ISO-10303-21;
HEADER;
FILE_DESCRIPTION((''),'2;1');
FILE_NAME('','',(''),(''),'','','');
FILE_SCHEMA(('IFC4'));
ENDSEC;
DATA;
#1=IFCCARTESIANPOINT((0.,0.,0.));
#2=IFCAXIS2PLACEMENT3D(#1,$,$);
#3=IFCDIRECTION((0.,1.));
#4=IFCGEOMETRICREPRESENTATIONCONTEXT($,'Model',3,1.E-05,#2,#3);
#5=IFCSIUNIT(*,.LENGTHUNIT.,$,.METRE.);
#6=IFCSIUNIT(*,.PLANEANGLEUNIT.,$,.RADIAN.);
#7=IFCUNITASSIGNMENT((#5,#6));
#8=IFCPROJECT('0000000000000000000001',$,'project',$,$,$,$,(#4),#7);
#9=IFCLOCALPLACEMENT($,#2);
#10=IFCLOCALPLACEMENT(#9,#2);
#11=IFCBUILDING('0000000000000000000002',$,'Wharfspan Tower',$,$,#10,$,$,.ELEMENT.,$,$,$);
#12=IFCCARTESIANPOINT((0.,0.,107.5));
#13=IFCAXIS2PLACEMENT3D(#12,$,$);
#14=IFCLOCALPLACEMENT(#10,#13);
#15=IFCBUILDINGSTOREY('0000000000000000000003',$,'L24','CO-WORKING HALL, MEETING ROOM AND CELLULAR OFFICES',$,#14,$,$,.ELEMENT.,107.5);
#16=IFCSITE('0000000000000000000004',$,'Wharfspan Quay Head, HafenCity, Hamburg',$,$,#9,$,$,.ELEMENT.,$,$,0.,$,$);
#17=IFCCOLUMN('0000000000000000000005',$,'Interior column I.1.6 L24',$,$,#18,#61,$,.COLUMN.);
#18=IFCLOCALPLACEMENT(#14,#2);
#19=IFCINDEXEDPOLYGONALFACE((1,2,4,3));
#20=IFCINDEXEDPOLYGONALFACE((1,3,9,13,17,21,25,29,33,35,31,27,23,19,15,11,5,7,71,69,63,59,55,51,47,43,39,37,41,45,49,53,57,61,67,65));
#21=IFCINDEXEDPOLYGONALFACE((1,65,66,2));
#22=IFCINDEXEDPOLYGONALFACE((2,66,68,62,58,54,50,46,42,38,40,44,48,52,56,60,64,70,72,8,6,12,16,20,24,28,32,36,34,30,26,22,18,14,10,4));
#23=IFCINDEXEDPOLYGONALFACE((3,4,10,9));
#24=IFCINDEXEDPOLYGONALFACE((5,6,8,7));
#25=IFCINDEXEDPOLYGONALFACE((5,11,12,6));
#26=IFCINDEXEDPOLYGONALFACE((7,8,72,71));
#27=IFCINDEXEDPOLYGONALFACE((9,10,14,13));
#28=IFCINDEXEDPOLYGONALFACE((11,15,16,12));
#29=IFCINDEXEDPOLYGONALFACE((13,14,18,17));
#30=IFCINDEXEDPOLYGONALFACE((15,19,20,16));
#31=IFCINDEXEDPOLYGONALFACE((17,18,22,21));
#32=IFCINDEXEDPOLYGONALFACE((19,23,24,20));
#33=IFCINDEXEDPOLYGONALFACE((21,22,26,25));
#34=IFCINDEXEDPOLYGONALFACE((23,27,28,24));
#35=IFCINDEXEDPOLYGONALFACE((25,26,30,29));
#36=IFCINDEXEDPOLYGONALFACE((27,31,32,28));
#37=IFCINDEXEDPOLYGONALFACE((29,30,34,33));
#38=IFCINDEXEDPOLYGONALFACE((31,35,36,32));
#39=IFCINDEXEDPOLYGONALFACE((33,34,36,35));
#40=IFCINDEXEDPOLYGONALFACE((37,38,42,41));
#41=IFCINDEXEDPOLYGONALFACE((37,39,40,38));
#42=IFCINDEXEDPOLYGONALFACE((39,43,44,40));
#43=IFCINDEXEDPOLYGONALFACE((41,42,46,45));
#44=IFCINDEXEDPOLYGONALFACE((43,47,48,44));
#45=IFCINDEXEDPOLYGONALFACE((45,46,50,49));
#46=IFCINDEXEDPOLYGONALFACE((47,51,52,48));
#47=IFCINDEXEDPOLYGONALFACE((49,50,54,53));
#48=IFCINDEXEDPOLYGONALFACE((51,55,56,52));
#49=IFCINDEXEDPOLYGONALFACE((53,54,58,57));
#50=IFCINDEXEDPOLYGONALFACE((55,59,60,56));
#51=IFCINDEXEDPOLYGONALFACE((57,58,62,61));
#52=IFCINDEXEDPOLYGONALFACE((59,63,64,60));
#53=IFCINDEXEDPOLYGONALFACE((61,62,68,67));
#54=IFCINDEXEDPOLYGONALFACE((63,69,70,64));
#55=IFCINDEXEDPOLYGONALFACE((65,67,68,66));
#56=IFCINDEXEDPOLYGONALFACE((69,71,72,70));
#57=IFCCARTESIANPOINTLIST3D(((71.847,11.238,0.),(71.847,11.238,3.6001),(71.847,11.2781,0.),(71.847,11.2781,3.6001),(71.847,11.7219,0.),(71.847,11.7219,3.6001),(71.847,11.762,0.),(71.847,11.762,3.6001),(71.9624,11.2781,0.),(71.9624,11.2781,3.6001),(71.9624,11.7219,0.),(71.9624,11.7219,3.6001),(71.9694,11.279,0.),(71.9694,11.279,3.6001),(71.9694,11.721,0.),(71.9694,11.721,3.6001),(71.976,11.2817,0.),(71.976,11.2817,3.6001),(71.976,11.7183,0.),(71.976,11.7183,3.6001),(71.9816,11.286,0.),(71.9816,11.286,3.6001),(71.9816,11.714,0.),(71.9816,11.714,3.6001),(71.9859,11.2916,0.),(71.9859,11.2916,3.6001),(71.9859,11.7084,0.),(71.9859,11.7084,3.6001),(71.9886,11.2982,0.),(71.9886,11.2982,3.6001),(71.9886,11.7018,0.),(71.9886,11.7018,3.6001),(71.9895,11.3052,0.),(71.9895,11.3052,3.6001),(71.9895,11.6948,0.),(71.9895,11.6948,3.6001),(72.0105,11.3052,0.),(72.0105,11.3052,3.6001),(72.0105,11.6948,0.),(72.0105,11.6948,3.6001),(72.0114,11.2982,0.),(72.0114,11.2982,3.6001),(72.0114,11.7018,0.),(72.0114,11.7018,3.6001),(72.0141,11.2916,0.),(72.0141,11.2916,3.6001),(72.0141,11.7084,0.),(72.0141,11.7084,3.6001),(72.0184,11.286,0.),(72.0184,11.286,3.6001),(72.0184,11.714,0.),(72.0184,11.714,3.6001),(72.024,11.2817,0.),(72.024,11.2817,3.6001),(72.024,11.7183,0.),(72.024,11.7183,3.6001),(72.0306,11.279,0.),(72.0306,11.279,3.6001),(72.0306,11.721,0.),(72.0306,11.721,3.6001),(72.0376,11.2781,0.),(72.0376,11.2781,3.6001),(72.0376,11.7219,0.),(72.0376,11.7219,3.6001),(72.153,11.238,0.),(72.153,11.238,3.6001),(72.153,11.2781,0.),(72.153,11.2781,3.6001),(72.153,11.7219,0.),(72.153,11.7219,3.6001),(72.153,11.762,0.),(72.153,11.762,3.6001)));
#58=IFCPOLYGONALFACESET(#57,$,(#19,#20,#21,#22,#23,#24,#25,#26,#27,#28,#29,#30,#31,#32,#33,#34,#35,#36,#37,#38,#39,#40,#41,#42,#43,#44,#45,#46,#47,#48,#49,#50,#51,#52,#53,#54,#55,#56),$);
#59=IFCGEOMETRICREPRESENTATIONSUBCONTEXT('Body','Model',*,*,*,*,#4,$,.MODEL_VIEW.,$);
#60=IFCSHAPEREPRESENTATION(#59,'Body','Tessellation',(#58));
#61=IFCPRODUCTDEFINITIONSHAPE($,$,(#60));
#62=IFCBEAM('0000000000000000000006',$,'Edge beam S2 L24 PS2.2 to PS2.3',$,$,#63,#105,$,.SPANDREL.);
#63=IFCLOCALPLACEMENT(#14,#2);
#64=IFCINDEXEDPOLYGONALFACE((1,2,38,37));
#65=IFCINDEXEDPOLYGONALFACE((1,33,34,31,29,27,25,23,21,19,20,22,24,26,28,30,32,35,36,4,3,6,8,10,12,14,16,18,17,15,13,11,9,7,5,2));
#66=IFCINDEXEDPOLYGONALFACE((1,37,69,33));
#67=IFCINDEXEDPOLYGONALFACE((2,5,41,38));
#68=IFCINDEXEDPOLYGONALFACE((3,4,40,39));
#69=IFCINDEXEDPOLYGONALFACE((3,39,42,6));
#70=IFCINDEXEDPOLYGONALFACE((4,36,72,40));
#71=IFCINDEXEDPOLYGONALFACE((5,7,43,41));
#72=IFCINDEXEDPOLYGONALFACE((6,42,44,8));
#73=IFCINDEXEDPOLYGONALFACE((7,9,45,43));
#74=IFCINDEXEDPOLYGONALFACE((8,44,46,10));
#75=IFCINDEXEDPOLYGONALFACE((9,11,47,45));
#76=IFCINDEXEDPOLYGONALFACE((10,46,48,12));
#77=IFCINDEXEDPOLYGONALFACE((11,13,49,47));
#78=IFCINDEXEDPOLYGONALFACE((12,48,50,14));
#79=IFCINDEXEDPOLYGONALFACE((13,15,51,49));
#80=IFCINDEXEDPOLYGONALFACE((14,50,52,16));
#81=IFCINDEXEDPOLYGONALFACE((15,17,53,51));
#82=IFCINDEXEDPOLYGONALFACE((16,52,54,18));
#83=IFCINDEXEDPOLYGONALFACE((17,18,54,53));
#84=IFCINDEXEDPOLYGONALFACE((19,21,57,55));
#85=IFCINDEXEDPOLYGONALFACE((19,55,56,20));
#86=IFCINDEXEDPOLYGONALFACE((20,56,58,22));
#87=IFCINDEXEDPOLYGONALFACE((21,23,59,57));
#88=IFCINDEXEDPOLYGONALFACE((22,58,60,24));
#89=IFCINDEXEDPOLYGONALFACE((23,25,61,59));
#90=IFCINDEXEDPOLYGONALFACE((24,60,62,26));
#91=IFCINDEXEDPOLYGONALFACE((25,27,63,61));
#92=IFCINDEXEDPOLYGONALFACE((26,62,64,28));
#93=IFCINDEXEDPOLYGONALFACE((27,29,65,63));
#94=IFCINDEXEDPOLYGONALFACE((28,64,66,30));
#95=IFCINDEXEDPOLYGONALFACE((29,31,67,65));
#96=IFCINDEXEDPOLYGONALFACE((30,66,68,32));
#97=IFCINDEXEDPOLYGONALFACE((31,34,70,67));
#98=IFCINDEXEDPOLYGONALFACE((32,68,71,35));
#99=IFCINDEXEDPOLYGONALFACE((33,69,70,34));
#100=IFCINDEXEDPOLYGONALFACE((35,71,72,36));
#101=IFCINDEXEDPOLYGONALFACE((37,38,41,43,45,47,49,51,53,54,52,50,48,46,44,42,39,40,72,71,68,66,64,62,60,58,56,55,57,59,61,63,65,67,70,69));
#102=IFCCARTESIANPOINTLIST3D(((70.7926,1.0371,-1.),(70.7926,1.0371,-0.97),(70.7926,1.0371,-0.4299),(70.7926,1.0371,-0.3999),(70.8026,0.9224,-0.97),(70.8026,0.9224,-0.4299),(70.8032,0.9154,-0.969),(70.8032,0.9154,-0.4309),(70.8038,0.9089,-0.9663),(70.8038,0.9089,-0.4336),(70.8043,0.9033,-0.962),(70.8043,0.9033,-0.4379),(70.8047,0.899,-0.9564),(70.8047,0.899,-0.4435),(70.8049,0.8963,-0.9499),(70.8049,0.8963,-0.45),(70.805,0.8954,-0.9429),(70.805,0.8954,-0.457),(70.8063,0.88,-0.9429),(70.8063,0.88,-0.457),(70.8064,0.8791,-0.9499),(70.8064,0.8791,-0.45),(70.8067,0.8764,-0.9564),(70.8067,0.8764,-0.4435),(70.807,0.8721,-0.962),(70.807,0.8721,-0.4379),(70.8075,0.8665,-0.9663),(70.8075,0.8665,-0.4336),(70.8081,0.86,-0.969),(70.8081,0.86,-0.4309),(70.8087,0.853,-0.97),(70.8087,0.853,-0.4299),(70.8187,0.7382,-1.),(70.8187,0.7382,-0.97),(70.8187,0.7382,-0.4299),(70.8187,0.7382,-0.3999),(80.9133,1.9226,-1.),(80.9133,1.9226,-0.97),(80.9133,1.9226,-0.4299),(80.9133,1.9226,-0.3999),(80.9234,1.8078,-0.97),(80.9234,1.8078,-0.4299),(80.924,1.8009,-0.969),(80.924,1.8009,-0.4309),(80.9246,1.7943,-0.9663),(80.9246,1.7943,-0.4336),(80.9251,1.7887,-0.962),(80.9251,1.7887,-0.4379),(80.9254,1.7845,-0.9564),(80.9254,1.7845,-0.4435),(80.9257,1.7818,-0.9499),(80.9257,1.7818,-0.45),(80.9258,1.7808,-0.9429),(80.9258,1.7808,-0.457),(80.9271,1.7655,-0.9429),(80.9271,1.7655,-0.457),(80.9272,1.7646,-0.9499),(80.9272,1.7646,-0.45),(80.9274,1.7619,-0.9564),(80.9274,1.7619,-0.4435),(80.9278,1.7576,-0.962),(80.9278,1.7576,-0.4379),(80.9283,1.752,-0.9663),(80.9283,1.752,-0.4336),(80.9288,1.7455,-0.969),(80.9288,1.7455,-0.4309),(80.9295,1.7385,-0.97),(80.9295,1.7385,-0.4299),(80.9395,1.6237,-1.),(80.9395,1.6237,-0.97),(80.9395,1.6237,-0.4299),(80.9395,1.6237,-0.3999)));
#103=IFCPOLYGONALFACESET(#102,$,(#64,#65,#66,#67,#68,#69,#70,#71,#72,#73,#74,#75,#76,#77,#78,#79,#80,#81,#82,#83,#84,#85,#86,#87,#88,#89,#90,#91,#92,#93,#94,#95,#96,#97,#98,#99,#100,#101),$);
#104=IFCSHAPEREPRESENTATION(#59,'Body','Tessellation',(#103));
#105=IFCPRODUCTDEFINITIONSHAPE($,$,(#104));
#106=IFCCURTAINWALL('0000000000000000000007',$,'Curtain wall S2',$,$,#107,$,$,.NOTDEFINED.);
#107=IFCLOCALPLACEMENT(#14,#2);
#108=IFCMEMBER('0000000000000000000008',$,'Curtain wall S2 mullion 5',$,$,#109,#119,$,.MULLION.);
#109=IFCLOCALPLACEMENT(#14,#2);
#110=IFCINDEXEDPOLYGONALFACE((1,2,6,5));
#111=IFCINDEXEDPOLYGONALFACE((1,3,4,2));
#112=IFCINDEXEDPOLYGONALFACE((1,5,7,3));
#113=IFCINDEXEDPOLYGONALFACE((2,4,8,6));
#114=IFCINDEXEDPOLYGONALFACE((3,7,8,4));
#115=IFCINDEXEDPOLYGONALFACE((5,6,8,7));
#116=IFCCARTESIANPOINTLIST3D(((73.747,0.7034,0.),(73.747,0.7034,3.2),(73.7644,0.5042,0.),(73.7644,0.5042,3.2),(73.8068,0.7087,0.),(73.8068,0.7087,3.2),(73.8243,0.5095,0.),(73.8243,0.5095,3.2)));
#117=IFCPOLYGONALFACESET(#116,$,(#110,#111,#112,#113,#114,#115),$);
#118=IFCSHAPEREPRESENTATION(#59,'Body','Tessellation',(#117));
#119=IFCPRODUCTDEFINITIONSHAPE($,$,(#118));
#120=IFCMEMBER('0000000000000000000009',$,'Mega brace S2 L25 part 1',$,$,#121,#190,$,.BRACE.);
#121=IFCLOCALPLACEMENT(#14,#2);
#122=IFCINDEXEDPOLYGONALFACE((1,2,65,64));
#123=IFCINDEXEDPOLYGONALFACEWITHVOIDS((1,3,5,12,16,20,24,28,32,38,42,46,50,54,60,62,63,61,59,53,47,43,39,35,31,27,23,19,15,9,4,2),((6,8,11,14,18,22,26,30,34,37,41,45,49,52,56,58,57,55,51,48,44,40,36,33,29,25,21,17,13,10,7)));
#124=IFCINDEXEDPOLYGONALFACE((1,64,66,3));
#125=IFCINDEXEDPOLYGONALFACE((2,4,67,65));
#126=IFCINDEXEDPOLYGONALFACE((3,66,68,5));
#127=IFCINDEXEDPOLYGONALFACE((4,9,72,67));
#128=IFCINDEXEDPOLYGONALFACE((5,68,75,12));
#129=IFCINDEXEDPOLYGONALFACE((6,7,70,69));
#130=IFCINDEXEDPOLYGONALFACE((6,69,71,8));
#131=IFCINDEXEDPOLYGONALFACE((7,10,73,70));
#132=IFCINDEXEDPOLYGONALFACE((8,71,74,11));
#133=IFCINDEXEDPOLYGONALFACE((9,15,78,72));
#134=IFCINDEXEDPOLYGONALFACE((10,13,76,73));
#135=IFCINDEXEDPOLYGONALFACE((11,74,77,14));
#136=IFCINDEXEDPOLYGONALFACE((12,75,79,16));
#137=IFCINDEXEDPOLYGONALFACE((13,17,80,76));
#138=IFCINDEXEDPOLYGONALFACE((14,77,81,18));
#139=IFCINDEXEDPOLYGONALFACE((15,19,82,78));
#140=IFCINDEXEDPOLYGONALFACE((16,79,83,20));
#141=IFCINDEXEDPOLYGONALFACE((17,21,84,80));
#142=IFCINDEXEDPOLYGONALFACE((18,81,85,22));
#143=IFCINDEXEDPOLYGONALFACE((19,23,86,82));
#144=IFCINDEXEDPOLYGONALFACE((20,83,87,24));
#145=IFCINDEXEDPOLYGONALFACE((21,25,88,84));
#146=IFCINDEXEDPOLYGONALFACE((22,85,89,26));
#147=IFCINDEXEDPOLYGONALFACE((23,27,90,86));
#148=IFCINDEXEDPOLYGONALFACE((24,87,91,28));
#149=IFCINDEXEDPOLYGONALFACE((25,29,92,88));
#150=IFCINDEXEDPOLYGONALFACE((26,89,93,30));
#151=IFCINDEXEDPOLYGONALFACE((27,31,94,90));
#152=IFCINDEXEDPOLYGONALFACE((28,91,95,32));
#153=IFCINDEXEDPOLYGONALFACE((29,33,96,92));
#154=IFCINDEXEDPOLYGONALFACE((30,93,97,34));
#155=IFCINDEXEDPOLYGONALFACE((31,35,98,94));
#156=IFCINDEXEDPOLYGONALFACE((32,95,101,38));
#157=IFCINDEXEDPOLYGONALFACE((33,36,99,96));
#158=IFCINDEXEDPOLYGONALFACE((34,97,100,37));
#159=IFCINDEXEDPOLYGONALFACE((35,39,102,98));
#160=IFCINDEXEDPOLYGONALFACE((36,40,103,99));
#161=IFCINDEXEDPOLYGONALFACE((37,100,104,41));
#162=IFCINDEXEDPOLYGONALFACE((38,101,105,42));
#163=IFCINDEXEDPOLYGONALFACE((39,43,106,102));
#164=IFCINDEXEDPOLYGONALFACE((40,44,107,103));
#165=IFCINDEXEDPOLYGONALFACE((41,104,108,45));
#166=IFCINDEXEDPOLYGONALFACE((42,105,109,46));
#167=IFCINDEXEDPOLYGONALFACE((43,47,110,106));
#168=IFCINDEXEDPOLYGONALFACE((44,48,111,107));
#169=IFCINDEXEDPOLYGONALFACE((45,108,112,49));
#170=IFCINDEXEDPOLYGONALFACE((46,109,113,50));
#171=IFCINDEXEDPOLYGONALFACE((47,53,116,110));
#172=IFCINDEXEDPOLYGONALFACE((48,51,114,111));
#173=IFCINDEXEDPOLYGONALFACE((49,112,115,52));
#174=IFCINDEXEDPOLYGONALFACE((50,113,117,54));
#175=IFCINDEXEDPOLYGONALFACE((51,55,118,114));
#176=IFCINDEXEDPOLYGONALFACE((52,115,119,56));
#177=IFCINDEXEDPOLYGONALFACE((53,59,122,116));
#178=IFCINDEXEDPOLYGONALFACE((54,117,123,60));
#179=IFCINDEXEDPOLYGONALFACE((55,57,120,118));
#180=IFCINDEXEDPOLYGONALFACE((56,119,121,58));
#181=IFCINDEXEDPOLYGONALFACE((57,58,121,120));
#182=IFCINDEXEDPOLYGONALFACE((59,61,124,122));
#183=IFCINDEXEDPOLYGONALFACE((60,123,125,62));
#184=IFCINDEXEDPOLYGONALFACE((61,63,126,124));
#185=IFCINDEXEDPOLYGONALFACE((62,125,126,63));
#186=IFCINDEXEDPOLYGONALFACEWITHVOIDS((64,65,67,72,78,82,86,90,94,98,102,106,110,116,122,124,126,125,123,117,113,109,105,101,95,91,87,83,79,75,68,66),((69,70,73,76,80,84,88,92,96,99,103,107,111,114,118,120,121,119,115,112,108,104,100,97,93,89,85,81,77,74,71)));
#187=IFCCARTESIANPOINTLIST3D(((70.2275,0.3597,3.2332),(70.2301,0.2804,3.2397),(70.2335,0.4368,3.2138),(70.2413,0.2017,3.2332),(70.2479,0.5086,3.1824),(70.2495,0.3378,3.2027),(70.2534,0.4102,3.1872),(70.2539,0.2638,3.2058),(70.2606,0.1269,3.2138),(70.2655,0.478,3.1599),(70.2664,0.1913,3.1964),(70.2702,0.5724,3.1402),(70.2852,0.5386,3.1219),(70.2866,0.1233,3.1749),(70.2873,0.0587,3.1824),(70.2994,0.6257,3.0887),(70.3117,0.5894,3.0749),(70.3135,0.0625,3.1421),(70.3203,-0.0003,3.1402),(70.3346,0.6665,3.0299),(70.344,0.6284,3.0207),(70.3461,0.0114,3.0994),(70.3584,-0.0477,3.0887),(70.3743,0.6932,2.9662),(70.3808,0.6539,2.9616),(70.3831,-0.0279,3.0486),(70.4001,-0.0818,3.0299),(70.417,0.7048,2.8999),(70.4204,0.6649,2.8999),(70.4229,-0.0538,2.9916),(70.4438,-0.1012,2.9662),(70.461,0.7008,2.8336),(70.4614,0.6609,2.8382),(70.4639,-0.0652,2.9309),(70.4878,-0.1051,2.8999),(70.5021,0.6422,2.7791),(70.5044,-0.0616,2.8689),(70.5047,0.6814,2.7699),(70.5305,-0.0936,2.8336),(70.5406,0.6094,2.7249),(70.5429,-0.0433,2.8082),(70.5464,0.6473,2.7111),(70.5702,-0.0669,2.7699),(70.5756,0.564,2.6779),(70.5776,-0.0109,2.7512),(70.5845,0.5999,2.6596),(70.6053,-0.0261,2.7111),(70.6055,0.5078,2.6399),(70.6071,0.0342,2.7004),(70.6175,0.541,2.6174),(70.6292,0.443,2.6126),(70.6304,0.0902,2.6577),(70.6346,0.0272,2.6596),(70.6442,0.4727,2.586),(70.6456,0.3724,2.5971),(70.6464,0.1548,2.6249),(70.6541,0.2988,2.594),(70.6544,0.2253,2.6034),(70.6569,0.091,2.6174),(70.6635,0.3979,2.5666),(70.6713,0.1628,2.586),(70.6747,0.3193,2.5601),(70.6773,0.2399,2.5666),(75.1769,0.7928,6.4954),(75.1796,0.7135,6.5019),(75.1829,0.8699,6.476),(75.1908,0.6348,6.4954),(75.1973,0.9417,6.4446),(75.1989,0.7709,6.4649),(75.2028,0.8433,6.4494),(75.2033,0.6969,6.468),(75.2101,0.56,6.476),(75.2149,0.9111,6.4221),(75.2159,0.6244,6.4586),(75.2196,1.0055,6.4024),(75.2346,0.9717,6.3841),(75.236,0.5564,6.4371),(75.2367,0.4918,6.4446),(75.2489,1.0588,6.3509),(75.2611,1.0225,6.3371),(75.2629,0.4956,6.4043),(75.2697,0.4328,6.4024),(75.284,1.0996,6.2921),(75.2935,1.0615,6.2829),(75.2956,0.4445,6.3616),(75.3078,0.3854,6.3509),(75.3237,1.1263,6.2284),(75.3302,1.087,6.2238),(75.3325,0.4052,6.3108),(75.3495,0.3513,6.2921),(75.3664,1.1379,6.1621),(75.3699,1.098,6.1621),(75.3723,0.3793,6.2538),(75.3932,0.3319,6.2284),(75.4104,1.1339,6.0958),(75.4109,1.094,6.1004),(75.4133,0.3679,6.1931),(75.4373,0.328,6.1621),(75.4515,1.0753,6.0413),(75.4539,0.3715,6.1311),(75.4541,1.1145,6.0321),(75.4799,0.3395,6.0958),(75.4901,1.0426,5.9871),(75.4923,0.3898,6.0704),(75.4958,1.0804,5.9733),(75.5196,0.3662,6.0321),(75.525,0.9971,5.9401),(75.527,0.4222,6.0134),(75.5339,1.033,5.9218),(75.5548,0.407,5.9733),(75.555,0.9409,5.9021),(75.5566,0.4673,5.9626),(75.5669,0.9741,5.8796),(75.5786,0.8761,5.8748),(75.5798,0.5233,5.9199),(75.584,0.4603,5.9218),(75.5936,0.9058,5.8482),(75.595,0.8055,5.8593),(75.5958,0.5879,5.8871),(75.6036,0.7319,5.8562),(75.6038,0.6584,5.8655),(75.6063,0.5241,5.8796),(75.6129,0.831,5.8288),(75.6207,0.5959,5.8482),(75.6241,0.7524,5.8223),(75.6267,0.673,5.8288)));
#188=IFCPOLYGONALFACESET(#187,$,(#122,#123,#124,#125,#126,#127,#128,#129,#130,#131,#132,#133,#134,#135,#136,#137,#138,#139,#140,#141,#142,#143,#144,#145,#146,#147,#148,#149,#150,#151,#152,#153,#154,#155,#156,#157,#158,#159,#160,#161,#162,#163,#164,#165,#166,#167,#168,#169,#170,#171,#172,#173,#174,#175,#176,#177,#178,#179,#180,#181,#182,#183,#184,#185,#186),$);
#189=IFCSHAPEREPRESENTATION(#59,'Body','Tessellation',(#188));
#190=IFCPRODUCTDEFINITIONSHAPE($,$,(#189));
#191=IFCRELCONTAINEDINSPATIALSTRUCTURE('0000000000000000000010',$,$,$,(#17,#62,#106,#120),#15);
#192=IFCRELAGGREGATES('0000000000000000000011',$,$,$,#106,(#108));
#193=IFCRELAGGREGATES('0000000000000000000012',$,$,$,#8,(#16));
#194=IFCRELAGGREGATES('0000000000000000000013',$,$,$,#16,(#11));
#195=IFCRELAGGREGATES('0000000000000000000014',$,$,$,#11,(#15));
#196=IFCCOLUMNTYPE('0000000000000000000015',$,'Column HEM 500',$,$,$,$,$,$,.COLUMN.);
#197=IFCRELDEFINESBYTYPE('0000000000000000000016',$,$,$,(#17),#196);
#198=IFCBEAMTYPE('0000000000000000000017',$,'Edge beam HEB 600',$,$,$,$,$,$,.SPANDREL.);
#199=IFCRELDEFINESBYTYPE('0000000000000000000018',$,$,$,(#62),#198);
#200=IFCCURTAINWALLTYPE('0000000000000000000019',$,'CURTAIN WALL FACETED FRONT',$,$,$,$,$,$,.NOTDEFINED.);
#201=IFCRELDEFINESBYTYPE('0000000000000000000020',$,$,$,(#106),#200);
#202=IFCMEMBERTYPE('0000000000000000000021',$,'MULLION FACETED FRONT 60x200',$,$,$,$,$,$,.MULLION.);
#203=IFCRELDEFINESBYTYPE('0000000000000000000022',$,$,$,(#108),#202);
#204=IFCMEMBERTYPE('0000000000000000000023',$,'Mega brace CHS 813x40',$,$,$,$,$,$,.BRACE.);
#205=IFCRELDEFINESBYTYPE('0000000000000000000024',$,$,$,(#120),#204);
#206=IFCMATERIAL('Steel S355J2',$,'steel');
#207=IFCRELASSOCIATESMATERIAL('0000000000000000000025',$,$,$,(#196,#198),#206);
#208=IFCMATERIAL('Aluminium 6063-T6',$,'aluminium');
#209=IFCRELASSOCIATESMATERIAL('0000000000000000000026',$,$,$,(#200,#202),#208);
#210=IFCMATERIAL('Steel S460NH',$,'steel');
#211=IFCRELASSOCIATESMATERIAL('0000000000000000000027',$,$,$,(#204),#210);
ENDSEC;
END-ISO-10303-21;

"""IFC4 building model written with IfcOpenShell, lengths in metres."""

from ifc_helpers import new_model, si_unit, direction, frame, origin, origin_2d, place, context, subcontext, project, spatial, rectangle, hollow_circle, i_section, extrude, material, material_profile, profile_set, type_object, element, aggregate, save


model = new_model("IFC4")

# Units and contexts
model_context = context("Model", 3, precision=1e-05, world=origin(), true_north=direction((0.0, 1.0)))
body_context = subcontext(model_context, "Body", "Model", "MODEL_VIEW")
ifc_project = project(units=[si_unit("LENGTHUNIT", "METRE"), si_unit("PLANEANGLEUNIT", "RADIAN")], contexts=[model_context])

# Site, building, storey
site_placement = place(None, origin())
site = spatial("IfcSite", under=ifc_project, at=site_placement, Name="Wharfspan Quay Head, HafenCity, Hamburg", CompositionType="ELEMENT", RefElevation=0.0)
building_placement = place(site_placement, origin())
building = spatial("IfcBuilding", under=site, at=building_placement, Name="Wharfspan Tower", CompositionType="ELEMENT")
storey_placement = place(building_placement, frame((0.0, 0.0, 107.5)))
storey = spatial("IfcBuildingStorey", under=building, at=storey_placement, Name="L24", Description="CO-WORKING HALL, MEETING ROOM AND CELLULAR OFFICES", CompositionType="ELEMENT", Elevation=107.5)

# Column
ifc_material_1 = material(Name="Steel S355J2", Category="steel")
ifc_material_profile_1 = material_profile(ifc_material_1, i_section(OverallWidth=0.3059, OverallDepth=0.5239, WebThickness=0.021, FlangeThickness=0.04, FilletRadius=0.0271, at=origin_2d()))
ifc_profile_set_1 = profile_set([ifc_material_profile_1], Name="Steel S355J2")
column_type = type_object("IfcColumnType", Name="Column HEM 500", PredefinedType="COLUMN", material=ifc_profile_set_1)
column_placement = place(storey_placement, frame((72.0, 11.5, 0.0), z_axis=(0.0, 0.0, 1.0), x_axis=(1.0, 0.0, 0.0)))
element("IfcColumn", 1, at=column_placement, inside=storey, type_object=column_type, Name="Interior column I.1.6 L24", PredefinedType="COLUMN", context=body_context, shape_type="SweptSolid", body=[
    extrude(i_section(OverallWidth=0.3059, OverallDepth=0.5239, WebThickness=0.021, FlangeThickness=0.04, FilletRadius=0.0271, at=origin_2d()), origin(), (0.0, 0.0, 1.0), 3.6001),
])

# Beam
ifc_material_profile_2 = material_profile(ifc_material_1, i_section(OverallWidth=0.3, OverallDepth=0.6001, WebThickness=0.0154, FlangeThickness=0.03, FilletRadius=0.0271, at=origin_2d()))
ifc_profile_set_2 = profile_set([ifc_material_profile_2], Name="Steel S355J2")
beam_type = type_object("IfcBeamType", Name="Edge beam HEB 600", PredefinedType="SPANDREL", material=ifc_profile_set_2)
beam_placement = place(storey_placement, frame((70.8057, 0.8877, -0.7), z_axis=(0.996194, 0.087159, 0.0), x_axis=(-0.087159, 0.996194, 0.0)))
element("IfcBeam", 2, at=beam_placement, inside=storey, type_object=beam_type, Name="Edge beam S2 L24 PS2.2 to PS2.3", PredefinedType="SPANDREL", context=body_context, shape_type="SweptSolid", body=[
    extrude(i_section(OverallWidth=0.3, OverallDepth=0.6001, WebThickness=0.0154, FlangeThickness=0.03, FilletRadius=0.0271, at=origin_2d()), origin(), (0.0, 0.0, 1.0), 10.1594),
])

# Curtain wall, member
ifc_material_2 = material(Name="Aluminium 6063-T6", Category="aluminium")
curtain_wall_type = type_object("IfcCurtainWallType", Name="CURTAIN WALL FACETED FRONT", PredefinedType="NOTDEFINED", material=ifc_material_2)
curtain_wall_placement = place(storey_placement, origin())
curtain_wall = element("IfcCurtainWall", 3, at=curtain_wall_placement, inside=storey, type_object=curtain_wall_type, Name="Curtain wall S2", PredefinedType="NOTDEFINED")
ifc_material_profile_3 = material_profile(ifc_material_2, rectangle(XDim=0.2, YDim=0.0601, at=origin_2d()))
ifc_profile_set_3 = profile_set([ifc_material_profile_3], Name="Aluminium 6063-T6")
member_type_1 = type_object("IfcMemberType", Name="MULLION FACETED FRONT 60x200", PredefinedType="MULLION", material=ifc_profile_set_3)
member_1_placement = place(storey_placement, frame((73.7856, 0.6064, 0.0), z_axis=(0.0, 0.0, 1.0), x_axis=(-0.087156, 0.996198, 0.0)))
member_1 = element("IfcMember", 4, at=member_1_placement, type_object=member_type_1, Name="Curtain wall S2 mullion 5", PredefinedType="MULLION", context=body_context, shape_type="SweptSolid", body=[
    extrude(rectangle(XDim=0.2, YDim=0.0601, at=origin_2d()), origin(), (0.0, 0.0, 1.0), 3.2),
])

# Member
ifc_material_3 = material(Name="Steel S460NH", Category="steel")
ifc_material_profile_4 = material_profile(ifc_material_3, hollow_circle(Radius=0.4065, WallThickness=0.04, at=origin_2d()))
ifc_profile_set_4 = profile_set([ifc_material_profile_4], Name="Steel S460NH")
member_type_2 = type_object("IfcMemberType", Name="Mega brace CHS 813x40", PredefinedType="BRACE", material=ifc_profile_set_4)
member_2_placement = place(storey_placement, frame((70.4524, 0.2998, 2.8999), z_axis=(0.832734, 0.072869, 0.548858), x_axis=(-0.087173, 0.99619, 0.000001)))
element("IfcMember", 5, at=member_2_placement, inside=storey, type_object=member_type_2, Name="Mega brace S2 L25 part 1", PredefinedType="BRACE", context=body_context, shape_type="SweptSolid", body=[
    extrude(hollow_circle(Radius=0.4065, WallThickness=0.04, at=origin_2d()), origin(), (0.0, 0.0, 1.0), 5.9436),
])

aggregate(curtain_wall, [member_1])

save(model, "model.ifc")
